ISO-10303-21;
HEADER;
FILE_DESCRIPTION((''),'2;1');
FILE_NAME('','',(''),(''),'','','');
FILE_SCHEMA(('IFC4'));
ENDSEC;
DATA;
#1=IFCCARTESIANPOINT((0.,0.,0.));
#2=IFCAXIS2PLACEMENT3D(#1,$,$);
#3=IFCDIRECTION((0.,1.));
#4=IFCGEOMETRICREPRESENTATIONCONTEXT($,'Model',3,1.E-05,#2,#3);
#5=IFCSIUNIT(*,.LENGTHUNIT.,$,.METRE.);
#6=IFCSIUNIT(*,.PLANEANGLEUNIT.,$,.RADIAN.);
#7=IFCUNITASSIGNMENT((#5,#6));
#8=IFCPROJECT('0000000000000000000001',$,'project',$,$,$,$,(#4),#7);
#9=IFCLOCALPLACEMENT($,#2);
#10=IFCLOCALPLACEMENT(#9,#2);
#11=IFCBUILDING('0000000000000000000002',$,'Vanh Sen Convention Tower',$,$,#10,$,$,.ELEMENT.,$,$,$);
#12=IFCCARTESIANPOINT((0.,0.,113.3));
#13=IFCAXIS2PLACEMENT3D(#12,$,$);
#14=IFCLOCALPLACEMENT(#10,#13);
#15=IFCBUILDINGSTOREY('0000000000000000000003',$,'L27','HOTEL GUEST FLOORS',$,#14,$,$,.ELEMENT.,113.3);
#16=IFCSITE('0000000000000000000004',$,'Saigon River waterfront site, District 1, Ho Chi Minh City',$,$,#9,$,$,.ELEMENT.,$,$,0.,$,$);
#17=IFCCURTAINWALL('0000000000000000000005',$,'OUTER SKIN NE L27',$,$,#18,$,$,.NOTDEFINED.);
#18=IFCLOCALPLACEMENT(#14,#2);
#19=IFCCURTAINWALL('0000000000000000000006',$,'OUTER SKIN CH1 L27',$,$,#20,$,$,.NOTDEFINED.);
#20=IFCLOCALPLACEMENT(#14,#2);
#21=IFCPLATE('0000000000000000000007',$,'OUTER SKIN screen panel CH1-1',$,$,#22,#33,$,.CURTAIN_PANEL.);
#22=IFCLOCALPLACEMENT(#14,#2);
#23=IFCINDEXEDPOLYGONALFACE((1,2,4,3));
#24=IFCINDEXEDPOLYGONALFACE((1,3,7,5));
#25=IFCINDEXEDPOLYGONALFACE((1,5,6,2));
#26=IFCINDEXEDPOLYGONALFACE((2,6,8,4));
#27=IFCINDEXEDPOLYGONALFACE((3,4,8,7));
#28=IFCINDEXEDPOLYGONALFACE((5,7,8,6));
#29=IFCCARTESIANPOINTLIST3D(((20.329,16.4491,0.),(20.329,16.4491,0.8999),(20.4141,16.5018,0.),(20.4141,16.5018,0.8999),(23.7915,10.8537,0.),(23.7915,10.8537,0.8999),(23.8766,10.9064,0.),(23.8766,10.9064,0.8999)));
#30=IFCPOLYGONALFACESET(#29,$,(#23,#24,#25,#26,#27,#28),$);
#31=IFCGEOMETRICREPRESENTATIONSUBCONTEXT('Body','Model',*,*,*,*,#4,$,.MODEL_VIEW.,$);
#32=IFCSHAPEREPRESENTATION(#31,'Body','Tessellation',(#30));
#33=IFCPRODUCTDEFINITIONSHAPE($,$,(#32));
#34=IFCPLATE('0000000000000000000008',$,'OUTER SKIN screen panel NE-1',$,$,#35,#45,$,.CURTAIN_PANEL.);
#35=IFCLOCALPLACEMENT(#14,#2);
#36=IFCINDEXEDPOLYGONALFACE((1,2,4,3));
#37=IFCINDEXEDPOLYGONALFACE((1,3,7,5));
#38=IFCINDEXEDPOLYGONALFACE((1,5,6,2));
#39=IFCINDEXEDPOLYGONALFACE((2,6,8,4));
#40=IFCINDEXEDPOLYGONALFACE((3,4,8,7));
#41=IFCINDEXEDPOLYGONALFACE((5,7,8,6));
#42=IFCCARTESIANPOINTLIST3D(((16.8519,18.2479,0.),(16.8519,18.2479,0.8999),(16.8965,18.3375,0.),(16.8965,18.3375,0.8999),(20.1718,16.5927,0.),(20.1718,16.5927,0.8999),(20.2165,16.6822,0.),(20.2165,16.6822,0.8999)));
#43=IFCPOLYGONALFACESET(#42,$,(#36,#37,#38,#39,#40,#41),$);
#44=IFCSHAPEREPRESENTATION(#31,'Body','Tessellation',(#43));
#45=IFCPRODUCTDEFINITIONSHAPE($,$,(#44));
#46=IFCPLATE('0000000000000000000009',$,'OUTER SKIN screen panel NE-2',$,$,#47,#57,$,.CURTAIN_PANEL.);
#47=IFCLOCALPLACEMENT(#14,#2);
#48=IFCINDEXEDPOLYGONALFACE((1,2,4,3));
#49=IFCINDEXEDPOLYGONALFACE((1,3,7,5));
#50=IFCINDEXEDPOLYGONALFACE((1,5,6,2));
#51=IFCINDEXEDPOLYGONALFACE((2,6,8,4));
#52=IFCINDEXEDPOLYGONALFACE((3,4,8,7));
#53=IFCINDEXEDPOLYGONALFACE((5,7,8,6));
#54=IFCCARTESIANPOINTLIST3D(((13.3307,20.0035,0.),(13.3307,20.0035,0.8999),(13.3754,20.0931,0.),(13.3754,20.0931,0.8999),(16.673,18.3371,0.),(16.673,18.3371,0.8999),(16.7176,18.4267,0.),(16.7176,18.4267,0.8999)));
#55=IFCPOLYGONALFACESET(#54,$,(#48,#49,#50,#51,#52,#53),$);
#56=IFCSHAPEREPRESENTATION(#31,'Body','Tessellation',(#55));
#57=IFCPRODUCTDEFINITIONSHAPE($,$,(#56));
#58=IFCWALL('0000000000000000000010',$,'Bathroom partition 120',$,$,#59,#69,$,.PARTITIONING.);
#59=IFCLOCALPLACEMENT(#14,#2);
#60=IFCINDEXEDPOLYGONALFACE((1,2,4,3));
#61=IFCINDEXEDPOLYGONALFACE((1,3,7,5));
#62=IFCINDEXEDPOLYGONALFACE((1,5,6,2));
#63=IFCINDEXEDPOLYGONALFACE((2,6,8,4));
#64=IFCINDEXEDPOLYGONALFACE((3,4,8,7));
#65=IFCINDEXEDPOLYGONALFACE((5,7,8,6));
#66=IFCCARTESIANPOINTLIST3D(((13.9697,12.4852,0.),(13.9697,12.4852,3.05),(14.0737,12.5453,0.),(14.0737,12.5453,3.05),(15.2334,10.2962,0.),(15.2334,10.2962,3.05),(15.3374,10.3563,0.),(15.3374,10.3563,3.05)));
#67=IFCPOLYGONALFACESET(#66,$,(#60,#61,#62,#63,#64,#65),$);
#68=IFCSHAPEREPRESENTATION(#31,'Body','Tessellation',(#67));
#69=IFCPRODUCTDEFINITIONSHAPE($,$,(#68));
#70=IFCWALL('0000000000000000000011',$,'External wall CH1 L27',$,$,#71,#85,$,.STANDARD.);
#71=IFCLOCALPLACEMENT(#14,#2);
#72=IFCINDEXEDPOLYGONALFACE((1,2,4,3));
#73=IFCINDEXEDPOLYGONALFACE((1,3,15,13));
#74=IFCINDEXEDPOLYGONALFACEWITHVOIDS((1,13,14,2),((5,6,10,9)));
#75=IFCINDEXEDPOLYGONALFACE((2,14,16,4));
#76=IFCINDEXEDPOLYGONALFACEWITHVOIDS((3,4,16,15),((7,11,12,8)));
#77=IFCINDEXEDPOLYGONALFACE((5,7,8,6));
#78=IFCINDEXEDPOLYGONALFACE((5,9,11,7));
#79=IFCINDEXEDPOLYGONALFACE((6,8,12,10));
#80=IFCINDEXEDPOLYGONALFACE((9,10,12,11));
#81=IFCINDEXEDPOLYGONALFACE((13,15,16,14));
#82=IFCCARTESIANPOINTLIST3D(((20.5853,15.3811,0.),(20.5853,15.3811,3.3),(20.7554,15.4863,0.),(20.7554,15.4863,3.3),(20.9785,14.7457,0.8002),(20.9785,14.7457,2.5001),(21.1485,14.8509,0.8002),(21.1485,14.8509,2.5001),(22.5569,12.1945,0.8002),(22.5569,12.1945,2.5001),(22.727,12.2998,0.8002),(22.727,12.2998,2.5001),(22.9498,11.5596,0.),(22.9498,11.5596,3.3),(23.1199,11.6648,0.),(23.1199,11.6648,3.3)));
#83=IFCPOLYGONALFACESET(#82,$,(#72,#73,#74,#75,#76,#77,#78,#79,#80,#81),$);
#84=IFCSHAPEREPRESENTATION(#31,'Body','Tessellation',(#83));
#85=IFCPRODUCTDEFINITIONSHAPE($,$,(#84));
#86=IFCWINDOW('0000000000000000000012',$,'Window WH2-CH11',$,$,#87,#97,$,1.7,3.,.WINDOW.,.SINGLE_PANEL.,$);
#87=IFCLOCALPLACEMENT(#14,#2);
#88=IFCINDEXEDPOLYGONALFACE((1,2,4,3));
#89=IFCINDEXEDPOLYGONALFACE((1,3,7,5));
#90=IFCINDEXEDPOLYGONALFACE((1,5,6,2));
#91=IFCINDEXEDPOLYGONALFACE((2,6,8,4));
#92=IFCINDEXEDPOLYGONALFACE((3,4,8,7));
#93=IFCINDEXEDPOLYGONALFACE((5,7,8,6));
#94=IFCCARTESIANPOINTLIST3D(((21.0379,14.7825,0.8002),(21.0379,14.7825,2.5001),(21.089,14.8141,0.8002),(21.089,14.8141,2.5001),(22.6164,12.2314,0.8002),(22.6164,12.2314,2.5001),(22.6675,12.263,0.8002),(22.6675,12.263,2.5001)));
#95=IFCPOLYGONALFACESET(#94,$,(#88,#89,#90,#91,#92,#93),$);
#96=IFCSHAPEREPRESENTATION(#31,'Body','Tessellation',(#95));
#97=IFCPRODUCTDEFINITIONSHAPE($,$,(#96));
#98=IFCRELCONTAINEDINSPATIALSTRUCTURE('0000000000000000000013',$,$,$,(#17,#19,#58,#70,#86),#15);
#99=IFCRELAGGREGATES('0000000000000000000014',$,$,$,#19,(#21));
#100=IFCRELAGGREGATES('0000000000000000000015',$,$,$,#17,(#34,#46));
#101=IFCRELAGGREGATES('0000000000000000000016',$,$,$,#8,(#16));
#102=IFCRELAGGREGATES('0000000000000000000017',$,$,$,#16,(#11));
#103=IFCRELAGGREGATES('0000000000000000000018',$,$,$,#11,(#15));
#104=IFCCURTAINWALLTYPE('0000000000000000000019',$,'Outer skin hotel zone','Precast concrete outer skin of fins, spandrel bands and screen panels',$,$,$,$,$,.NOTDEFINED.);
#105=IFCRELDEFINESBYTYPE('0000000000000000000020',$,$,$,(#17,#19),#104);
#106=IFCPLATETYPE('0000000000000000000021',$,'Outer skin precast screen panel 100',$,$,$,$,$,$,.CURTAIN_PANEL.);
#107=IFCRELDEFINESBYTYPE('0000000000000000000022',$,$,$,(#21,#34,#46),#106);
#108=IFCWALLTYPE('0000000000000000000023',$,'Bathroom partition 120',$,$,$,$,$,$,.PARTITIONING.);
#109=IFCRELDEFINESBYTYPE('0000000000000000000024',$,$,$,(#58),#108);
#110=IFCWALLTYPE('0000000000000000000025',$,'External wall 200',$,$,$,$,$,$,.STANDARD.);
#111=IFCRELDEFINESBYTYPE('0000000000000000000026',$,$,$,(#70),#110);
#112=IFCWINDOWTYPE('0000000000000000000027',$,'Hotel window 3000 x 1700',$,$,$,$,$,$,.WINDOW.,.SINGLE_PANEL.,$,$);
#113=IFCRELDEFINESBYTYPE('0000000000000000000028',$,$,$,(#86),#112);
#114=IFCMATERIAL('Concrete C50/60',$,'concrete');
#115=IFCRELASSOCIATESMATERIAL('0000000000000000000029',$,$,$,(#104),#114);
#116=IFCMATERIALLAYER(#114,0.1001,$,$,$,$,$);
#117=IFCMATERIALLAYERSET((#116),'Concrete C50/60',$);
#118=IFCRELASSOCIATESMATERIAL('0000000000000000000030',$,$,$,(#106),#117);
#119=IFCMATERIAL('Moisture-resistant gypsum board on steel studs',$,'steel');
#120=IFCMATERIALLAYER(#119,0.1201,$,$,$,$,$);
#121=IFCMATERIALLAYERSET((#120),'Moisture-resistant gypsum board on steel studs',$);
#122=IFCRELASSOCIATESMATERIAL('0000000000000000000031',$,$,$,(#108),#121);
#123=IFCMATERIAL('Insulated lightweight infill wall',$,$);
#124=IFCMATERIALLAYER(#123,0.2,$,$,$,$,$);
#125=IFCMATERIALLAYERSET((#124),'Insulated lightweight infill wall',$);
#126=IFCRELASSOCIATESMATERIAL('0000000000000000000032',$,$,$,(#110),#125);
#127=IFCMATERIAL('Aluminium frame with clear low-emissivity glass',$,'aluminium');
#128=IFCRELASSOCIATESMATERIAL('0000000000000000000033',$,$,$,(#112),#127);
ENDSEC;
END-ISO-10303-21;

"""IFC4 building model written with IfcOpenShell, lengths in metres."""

from ifc_helpers import new_model, si_unit, direction, frame, frame_2d, origin, origin_2d, place, context, subcontext, project, spatial, rectangle, extrude, material, layer, layer_set, type_object, element, fill, aggregate, save


model = new_model("IFC4")

# Units and contexts
model_context = context("Model", 3, precision=1e-05, world=origin(), true_north=direction((0.0, 1.0)))
body_context = subcontext(model_context, "Body", "Model", "MODEL_VIEW")
ifc_project = project(units=[si_unit("LENGTHUNIT", "METRE"), si_unit("PLANEANGLEUNIT", "RADIAN")], contexts=[model_context])

# Site, building, storey
site_placement = place(None, origin())
site = spatial("IfcSite", under=ifc_project, at=site_placement, Name="Saigon River waterfront site, District 1, Ho Chi Minh City", CompositionType="ELEMENT", RefElevation=0.0)
building_placement = place(site_placement, origin())
building = spatial("IfcBuilding", under=site, at=building_placement, Name="Vanh Sen Convention Tower", CompositionType="ELEMENT")
storey_placement = place(building_placement, frame((0.0, 0.0, 113.3)))
storey = spatial("IfcBuildingStorey", under=building, at=storey_placement, Name="L27", Description="HOTEL GUEST FLOORS", CompositionType="ELEMENT", Elevation=113.3)

# Curtain wall
ifc_material_1 = material(Name="Concrete C50/60", Category="concrete")
curtain_wall_type = type_object("IfcCurtainWallType", Name="Outer skin hotel zone", Description="Precast concrete outer skin of fins, spandrel bands and screen panels", PredefinedType="NOTDEFINED", material=ifc_material_1)
curtain_wall_1_placement = place(storey_placement, origin())
curtain_wall_1 = element("IfcCurtainWall", 1, at=curtain_wall_1_placement, inside=storey, type_object=curtain_wall_type, Name="OUTER SKIN NE L27", PredefinedType="NOTDEFINED")

# Curtain wall
curtain_wall_2_placement = place(storey_placement, origin())
curtain_wall_2 = element("IfcCurtainWall", 2, at=curtain_wall_2_placement, inside=storey, type_object=curtain_wall_type, Name="OUTER SKIN CH1 L27", PredefinedType="NOTDEFINED")

# Plates
ifc_layer_1 = layer(ifc_material_1, 0.1001)
ifc_layer_set_1 = layer_set([ifc_layer_1], Name="Concrete C50/60")
plate_type = type_object("IfcPlateType", Name="Outer skin precast screen panel 100", PredefinedType="CURTAIN_PANEL", material=ifc_layer_set_1)
plate_1_placement = place(storey_placement, frame((22.1028, 13.6777, 0.0), z_axis=(0.0, 0.0, 1.0), x_axis=(-0.526212, 0.850353, 0.0)))
plate_1 = element("IfcPlate", 3, at=plate_1_placement, type_object=plate_type, Name="OUTER SKIN screen panel CH1-1", PredefinedType="CURTAIN_PANEL", context=body_context, shape_type="SweptSolid", body=[
    extrude(rectangle(XDim=6.5801, YDim=0.1001, at=origin_2d()), origin(), (0.0, 0.0, 1.0), 0.8999),
])
aggregate(curtain_wall_2, [plate_1])
plate_2_placement = place(storey_placement, frame((18.5342, 17.4651, 0.0), z_axis=(0.0, 0.0, 1.0), x_axis=(-0.894935, 0.446196, 0.0)))
plate_2 = element("IfcPlate", 4, at=plate_2_placement, type_object=plate_type, Name="OUTER SKIN screen panel NE-1", PredefinedType="CURTAIN_PANEL", context=body_context, shape_type="SweptSolid", body=[
    extrude(rectangle(XDim=3.7097, YDim=0.1001, at=origin_2d()), origin(), (0.0, 0.0, 1.0), 0.8999),
])
plate_3_placement = place(storey_placement, frame((15.0242, 19.2151, 0.0), z_axis=(0.0, 0.0, 1.0), x_axis=(-0.894935, 0.446196, 0.0)))
plate_3 = element("IfcPlate", 5, at=plate_3_placement, type_object=plate_type, Name="OUTER SKIN screen panel NE-2", PredefinedType="CURTAIN_PANEL", context=body_context, shape_type="SweptSolid", body=[
    extrude(rectangle(XDim=3.7346, YDim=0.1001, at=origin_2d()), origin(), (0.0, 0.0, 1.0), 0.8999),
])
aggregate(curtain_wall_1, [plate_2, plate_3])

# Wall
ifc_material_2 = material(Name="Moisture-resistant gypsum board on steel studs", Category="steel")
ifc_layer_2 = layer(ifc_material_2, 0.1201)
ifc_layer_set_2 = layer_set([ifc_layer_2], Name="Moisture-resistant gypsum board on steel studs")
wall_type_1 = type_object("IfcWallType", Name="Bathroom partition 120", PredefinedType="PARTITIONING", material=ifc_layer_set_2)
wall_1_placement = place(storey_placement, frame((14.0217, 12.5151, 0.0), z_axis=(0.0, 0.0, 1.0), x_axis=(0.499962, -0.866047, 0.0)))
element("IfcWall", 6, at=wall_1_placement, inside=storey, type_object=wall_type_1, Name="Bathroom partition 120", PredefinedType="PARTITIONING", context=body_context, shape_type="SweptSolid", body=[
    extrude(rectangle(XDim=2.5276, YDim=0.1201, at=frame_2d((1.2637, 0.0))), origin(), (0.0, 0.0, 1.0), 3.05),
])

# Wall, opening, window
ifc_material_3 = material(Name="Insulated lightweight infill wall")
ifc_layer_3 = layer(ifc_material_3, 0.2)
ifc_layer_set_3 = layer_set([ifc_layer_3], Name="Insulated lightweight infill wall")
wall_type_2 = type_object("IfcWallType", Name="External wall 200", PredefinedType="STANDARD", material=ifc_layer_set_3)
wall_2_placement = place(storey_placement, frame((23.0349, 11.6121, 0.0), z_axis=(0.0, 0.0, 1.0), x_axis=(-0.52616, 0.850386, 0.0)))
wall_2 = element("IfcWall", 7, at=wall_2_placement, inside=storey, type_object=wall_type_2, Name="External wall CH1 L27", PredefinedType="STANDARD", context=body_context, shape_type="SweptSolid", body=[
    extrude(rectangle(XDim=4.4939, YDim=0.2, at=frame_2d((2.2471, 0.0))), origin(), (0.0, 0.0, 1.0), 3.3),
])
opening_1_placement = place(wall_2_placement, frame((0.7468, 0.0, 0.8)))
opening_1 = element("IfcOpeningElement", 8, at=opening_1_placement, cuts=wall_2, PredefinedType="OPENING", context=body_context, shape_type="SweptSolid", body=[
    extrude(rectangle(XDim=3.0, YDim=1.7, at=frame_2d((1.5, 0.8501))), frame((0.0, 0.1099, 0.0), z_axis=(0.0, -1.0, 0.0), x_axis=(1.0, 0.0, 0.0)), (0.0, 0.0, 1.0), 0.22),
])
ifc_material_4 = material(Name="Aluminium frame with clear low-emissivity glass", Category="aluminium")
window_type_1 = type_object("IfcWindowType", Name="Hotel window 3000 x 1700", PartitioningType="SINGLE_PANEL", PredefinedType="WINDOW", material=ifc_material_4)
window_1_placement = place(opening_1_placement, origin())
window_1 = element("IfcWindow", 9, at=window_1_placement, inside=storey, type_object=window_type_1, Name="Window WH2-CH11", OverallHeight=1.7, OverallWidth=3.0, PartitioningType="SINGLE_PANEL", PredefinedType="WINDOW", context=body_context, shape_type="SweptSolid", body=[
    extrude(rectangle(XDim=3.0, YDim=1.7, at=frame_2d((1.5, 0.8501))), frame((0.0, 0.03, 0.0), z_axis=(0.0, -1.0, 0.0), x_axis=(1.0, 0.0, 0.0)), (0.0, 0.0, 1.0), 0.0601),
])
fill(opening_1, window_1)

save(model, "model.ifc")
